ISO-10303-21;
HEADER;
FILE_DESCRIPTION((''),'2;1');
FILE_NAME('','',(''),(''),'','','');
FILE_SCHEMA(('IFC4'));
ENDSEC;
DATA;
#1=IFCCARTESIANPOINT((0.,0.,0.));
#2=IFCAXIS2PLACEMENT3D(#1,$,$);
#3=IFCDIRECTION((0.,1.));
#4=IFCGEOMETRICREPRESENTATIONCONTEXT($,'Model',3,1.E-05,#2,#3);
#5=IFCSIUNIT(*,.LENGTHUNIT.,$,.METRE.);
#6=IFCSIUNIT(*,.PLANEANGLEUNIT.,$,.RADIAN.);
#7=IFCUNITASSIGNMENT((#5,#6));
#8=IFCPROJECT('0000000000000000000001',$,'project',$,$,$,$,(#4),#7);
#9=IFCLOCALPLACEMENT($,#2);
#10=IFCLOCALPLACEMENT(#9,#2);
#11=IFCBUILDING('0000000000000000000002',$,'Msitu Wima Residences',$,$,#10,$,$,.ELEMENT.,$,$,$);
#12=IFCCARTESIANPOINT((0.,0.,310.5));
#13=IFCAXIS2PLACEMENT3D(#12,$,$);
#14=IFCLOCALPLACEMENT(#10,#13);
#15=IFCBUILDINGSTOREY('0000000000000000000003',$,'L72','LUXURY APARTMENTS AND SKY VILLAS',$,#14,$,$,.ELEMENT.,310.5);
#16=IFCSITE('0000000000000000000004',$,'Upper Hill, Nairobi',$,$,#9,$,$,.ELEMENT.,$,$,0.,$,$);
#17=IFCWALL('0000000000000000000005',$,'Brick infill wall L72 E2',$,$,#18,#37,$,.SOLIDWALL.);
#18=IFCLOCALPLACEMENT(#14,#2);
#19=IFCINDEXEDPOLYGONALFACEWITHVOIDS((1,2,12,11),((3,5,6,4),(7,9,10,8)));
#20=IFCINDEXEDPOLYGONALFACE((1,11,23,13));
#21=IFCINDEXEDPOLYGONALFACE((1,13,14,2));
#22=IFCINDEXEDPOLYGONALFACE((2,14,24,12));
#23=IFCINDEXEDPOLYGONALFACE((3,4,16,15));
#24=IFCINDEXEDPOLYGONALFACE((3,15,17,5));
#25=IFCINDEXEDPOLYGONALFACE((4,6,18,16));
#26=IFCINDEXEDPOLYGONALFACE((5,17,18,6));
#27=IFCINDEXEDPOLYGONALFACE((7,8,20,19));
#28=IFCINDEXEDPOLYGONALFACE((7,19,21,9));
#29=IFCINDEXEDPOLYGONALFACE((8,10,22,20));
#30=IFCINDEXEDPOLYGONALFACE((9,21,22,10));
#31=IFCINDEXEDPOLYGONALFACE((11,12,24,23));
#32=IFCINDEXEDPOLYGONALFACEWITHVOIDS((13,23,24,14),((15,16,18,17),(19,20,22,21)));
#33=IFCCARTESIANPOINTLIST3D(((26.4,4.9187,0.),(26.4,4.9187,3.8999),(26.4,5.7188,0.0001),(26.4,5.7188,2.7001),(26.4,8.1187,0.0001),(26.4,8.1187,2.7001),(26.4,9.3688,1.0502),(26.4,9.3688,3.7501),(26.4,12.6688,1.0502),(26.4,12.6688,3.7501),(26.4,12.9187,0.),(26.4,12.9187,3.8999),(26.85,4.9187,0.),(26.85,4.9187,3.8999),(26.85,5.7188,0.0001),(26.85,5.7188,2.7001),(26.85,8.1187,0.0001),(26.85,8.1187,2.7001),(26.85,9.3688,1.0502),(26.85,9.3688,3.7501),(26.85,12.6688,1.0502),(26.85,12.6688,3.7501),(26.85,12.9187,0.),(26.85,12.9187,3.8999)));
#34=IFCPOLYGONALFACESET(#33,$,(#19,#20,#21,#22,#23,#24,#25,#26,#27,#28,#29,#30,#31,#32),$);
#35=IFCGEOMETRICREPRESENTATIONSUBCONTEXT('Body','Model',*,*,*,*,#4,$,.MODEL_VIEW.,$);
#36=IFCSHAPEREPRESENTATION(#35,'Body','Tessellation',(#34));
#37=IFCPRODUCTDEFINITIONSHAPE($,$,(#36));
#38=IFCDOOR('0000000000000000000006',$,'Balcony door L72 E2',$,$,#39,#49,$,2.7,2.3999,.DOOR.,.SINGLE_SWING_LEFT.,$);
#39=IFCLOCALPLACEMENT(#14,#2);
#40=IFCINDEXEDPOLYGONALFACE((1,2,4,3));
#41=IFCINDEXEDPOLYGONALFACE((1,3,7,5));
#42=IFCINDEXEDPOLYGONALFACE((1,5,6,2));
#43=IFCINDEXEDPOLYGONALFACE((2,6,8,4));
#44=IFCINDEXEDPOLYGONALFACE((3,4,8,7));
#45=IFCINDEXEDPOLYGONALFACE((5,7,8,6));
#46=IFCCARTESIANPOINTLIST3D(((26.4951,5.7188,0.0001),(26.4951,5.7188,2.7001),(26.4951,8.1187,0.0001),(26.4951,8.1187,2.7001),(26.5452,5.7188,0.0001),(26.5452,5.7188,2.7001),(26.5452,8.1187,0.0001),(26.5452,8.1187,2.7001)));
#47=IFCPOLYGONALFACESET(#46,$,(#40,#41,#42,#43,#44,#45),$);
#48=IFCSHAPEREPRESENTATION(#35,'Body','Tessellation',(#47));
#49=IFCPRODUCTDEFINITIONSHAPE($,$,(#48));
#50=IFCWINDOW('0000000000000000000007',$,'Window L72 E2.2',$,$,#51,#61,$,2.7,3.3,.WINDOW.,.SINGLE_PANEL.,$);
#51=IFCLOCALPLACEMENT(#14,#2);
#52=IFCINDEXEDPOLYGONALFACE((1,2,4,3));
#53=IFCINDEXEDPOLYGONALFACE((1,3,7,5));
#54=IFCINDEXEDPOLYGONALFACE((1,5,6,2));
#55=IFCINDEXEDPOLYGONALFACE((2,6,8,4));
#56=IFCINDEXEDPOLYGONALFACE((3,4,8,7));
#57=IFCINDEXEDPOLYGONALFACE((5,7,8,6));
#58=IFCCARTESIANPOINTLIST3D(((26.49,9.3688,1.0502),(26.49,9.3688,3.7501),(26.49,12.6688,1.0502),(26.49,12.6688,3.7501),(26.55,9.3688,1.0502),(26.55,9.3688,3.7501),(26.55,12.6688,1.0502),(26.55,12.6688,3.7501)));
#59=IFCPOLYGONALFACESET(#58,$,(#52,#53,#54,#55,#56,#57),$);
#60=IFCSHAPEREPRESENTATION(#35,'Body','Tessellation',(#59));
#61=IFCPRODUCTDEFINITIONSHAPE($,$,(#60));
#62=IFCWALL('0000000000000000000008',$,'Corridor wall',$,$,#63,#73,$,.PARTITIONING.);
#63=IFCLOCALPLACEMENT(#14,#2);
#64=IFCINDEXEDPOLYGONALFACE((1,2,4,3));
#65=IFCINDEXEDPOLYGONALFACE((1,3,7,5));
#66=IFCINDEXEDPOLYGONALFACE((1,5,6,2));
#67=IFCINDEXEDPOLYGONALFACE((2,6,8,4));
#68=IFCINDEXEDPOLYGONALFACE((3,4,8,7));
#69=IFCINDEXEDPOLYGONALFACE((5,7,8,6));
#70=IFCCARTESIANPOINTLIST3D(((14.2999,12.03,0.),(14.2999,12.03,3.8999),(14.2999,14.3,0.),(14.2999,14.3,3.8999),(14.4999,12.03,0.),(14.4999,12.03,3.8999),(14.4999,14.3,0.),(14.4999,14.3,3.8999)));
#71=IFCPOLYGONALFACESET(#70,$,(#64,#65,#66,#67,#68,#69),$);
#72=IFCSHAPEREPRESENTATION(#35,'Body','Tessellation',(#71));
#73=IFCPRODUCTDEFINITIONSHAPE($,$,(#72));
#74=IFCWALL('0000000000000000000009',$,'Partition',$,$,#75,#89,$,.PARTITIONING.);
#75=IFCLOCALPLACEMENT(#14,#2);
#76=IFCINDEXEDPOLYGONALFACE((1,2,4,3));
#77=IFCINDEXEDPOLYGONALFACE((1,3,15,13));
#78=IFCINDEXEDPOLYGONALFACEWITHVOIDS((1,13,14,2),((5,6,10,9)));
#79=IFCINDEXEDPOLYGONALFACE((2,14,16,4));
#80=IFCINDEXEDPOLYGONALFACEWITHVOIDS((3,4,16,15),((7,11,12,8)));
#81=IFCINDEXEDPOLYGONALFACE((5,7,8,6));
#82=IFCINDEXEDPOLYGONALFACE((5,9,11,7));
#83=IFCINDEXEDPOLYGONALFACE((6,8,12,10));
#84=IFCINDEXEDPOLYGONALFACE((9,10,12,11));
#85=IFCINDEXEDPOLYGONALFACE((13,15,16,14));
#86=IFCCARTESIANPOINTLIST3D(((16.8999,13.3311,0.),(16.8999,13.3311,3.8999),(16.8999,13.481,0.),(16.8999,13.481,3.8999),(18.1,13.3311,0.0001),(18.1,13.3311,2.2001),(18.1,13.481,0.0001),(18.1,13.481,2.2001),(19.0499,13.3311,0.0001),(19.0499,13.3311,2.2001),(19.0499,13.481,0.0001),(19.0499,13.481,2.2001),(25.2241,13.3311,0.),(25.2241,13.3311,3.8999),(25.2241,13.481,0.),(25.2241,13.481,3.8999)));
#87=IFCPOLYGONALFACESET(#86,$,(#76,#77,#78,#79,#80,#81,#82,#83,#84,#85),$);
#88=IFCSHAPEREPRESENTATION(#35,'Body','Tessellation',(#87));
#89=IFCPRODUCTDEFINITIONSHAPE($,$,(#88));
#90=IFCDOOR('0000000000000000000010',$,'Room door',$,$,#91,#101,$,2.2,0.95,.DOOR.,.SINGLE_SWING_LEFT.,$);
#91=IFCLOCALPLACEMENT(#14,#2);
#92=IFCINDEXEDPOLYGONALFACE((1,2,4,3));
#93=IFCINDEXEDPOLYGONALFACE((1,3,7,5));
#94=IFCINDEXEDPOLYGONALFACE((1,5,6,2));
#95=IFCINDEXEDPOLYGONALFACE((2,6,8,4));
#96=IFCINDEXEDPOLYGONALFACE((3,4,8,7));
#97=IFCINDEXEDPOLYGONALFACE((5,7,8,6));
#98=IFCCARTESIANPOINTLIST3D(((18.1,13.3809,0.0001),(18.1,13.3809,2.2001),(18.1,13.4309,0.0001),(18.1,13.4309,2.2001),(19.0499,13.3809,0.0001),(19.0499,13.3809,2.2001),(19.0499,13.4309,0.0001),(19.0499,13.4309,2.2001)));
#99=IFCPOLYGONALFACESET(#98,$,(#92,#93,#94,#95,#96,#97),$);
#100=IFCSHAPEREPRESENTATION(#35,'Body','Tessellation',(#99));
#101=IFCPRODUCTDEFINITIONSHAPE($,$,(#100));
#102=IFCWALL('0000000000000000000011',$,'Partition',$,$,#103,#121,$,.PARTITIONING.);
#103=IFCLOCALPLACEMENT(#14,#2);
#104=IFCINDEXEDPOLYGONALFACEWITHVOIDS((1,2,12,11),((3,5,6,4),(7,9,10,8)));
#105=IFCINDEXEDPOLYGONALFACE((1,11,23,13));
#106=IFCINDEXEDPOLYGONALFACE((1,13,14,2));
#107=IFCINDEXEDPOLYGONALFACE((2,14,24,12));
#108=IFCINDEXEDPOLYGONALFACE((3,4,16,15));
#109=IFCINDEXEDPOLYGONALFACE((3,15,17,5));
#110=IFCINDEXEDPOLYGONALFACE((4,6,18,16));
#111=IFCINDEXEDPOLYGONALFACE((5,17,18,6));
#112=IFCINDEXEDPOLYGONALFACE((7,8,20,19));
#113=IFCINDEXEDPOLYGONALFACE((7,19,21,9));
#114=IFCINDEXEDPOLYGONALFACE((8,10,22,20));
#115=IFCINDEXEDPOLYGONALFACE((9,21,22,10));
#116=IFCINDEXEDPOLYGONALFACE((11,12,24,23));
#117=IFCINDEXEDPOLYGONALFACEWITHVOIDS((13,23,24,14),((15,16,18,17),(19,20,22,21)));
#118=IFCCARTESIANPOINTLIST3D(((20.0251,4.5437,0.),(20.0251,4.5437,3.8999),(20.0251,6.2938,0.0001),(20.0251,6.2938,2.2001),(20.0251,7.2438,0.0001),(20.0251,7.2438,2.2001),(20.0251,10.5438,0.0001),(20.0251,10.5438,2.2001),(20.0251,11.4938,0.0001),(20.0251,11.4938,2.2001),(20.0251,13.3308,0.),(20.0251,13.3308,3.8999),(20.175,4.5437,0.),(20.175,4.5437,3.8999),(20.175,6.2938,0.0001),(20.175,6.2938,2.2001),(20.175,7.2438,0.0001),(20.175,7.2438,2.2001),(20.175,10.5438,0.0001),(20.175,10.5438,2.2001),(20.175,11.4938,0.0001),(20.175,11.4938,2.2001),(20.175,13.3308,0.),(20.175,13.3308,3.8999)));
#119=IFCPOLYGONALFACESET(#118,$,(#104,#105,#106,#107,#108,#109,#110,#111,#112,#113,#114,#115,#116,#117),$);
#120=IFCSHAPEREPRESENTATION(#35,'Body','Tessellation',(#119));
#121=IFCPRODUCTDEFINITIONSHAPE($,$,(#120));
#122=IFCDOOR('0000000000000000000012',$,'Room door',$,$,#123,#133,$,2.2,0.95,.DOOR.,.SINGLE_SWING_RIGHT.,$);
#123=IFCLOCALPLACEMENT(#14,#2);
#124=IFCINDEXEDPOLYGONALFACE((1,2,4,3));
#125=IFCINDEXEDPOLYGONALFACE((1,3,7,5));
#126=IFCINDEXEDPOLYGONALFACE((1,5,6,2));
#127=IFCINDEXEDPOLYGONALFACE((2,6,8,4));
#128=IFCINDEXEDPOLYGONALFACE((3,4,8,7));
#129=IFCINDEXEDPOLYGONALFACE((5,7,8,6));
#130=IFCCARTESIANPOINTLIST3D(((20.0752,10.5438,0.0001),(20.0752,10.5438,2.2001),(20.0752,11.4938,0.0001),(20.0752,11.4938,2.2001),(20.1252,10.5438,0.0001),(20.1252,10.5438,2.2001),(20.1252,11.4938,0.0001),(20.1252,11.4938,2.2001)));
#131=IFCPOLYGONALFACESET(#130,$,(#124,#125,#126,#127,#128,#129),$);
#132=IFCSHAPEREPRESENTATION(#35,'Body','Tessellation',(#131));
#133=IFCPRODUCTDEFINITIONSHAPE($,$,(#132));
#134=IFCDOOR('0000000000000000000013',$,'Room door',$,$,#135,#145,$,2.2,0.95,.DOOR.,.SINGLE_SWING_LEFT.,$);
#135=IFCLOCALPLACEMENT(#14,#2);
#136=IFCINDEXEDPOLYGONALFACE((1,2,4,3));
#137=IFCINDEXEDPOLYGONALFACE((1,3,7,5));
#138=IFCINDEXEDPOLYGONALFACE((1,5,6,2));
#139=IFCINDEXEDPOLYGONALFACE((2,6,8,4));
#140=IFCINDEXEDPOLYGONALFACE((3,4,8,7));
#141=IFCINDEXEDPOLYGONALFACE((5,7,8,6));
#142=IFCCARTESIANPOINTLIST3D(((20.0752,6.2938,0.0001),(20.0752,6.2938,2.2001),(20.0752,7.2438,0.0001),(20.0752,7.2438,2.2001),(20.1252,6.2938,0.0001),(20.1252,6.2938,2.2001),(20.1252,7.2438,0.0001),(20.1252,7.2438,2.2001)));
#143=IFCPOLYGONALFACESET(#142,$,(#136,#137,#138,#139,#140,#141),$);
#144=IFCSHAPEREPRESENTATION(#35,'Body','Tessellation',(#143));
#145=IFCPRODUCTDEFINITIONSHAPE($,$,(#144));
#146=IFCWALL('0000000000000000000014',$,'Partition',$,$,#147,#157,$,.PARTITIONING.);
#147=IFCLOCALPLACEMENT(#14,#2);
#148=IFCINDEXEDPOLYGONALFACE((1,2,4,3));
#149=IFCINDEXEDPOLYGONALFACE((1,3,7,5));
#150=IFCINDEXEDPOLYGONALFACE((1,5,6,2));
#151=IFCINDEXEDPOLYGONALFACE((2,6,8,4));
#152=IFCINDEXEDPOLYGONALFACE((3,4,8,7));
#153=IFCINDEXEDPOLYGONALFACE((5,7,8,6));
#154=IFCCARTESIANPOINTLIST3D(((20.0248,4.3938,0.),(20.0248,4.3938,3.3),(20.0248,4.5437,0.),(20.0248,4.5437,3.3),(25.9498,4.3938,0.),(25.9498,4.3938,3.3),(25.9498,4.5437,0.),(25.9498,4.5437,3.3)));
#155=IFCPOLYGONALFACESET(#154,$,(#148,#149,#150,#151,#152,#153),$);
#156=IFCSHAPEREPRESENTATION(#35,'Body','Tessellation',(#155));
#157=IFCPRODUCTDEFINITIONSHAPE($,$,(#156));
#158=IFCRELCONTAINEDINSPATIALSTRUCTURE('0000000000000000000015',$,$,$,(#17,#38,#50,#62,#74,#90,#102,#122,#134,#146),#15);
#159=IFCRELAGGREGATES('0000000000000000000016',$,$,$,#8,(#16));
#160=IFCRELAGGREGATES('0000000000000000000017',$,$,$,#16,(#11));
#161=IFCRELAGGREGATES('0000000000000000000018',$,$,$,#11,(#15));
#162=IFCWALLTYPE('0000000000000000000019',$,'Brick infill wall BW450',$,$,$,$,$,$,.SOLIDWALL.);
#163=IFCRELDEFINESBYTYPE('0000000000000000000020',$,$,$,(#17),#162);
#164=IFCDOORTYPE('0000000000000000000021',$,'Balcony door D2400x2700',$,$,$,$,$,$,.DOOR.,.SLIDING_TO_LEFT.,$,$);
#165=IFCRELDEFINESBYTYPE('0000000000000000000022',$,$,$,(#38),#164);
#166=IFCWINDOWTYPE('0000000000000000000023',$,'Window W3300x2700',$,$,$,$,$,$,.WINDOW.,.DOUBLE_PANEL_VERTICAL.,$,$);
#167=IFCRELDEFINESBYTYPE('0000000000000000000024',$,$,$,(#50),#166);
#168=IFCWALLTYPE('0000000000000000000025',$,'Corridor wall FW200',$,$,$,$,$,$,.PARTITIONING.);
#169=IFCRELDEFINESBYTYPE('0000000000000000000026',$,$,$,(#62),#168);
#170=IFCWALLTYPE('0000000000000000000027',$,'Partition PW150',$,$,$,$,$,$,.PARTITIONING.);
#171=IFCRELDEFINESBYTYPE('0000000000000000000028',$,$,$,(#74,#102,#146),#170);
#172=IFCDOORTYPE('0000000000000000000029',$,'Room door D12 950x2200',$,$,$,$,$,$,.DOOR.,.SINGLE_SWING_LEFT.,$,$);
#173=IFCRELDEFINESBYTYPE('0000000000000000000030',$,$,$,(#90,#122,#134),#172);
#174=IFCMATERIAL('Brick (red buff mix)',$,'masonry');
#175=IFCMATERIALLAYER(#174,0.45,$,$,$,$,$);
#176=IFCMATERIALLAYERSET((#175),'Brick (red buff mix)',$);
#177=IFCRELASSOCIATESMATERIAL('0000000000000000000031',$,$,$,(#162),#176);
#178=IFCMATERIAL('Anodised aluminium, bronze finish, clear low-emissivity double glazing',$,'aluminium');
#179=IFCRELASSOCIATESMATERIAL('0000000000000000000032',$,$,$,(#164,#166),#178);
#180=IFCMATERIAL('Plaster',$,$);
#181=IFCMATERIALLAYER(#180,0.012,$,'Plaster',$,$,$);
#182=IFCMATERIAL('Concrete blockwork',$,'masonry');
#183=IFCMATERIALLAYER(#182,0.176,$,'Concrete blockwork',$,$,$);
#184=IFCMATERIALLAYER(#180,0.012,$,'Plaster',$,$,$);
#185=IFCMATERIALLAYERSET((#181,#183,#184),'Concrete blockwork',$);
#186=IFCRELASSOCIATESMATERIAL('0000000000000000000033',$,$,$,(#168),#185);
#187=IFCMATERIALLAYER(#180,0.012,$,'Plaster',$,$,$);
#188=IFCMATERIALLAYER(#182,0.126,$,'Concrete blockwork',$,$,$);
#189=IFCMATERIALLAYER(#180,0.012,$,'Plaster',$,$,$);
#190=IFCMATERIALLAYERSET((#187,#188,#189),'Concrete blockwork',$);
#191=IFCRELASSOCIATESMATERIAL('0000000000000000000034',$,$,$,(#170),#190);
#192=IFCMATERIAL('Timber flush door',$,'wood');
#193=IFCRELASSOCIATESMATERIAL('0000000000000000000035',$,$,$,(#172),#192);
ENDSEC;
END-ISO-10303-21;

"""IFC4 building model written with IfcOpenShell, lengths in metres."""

from ifc_helpers import new_model, si_unit, direction, frame, frame_2d, origin, place, context, subcontext, project, spatial, rectangle, extrude, material, layer, layer_set, type_object, element, fill, save


model = new_model("IFC4")

# Units and contexts
model_context = context("Model", 3, precision=1e-05, world=origin(), true_north=direction((0.0, 1.0)))
body_context = subcontext(model_context, "Body", "Model", "MODEL_VIEW")
ifc_project = project(units=[si_unit("LENGTHUNIT", "METRE"), si_unit("PLANEANGLEUNIT", "RADIAN")], contexts=[model_context])

# Site, building, storey
site_placement = place(None, origin())
site = spatial("IfcSite", under=ifc_project, at=site_placement, Name="Upper Hill, Nairobi", CompositionType="ELEMENT", RefElevation=0.0)
building_placement = place(site_placement, origin())
building = spatial("IfcBuilding", under=site, at=building_placement, Name="Msitu Wima Residences", CompositionType="ELEMENT")
storey_placement = place(building_placement, frame((0.0, 0.0, 310.5)))
storey = spatial("IfcBuildingStorey", under=building, at=storey_placement, Name="L72", Description="LUXURY APARTMENTS AND SKY VILLAS", CompositionType="ELEMENT", Elevation=310.5)

# Wall, openings, door, window
ifc_material_1 = material(Name="Brick (red buff mix)", Category="masonry")
ifc_layer_1 = layer(ifc_material_1, 0.45)
ifc_layer_set_1 = layer_set([ifc_layer_1], Name="Brick (red buff mix)")
wall_type_1 = type_object("IfcWallType", Name="Brick infill wall BW450", PredefinedType="SOLIDWALL", material=ifc_layer_set_1)
wall_1_placement = place(storey_placement, frame((26.625, 4.9187, 0.0), z_axis=(0.0, 0.0, 1.0), x_axis=(0.0, 1.0, 0.0)))
wall_1 = element("IfcWall", 1, at=wall_1_placement, inside=storey, type_object=wall_type_1, Name="Brick infill wall L72 E2", PredefinedType="SOLIDWALL", context=body_context, shape_type="SweptSolid", body=[
    extrude(rectangle(XDim=8.0, YDim=0.45, at=frame_2d((4.0, 0.0))), origin(), (0.0, 0.0, 1.0), 3.8999),
])
opening_1_placement = place(wall_1_placement, frame((0.8, 0.0, 0.0)))
opening_1 = element("IfcOpeningElement", 2, at=opening_1_placement, cuts=wall_1, PredefinedType="OPENING", context=body_context, shape_type="SweptSolid", body=[
    extrude(rectangle(XDim=2.3999, YDim=2.7, at=frame_2d((1.2, 1.3501))), frame((0.0, 0.2349, 0.0), z_axis=(0.0, -1.0, 0.0), x_axis=(1.0, 0.0, 0.0)), (0.0, 0.0, 1.0), 0.47),
])
opening_2_placement = place(wall_1_placement, frame((4.4502, 0.0, 1.05)))
opening_2 = element("IfcOpeningElement", 3, at=opening_2_placement, cuts=wall_1, PredefinedType="OPENING", context=body_context, shape_type="SweptSolid", body=[
    extrude(rectangle(XDim=3.3, YDim=2.7, at=frame_2d((1.6499, 1.3501))), frame((0.0, 0.2349, 0.0), z_axis=(0.0, -1.0, 0.0), x_axis=(1.0, 0.0, 0.0)), (0.0, 0.0, 1.0), 0.47),
])
ifc_material_2 = material(Name="Anodised aluminium, bronze finish, clear low-emissivity double glazing", Category="aluminium")
door_type_1 = type_object("IfcDoorType", Name="Balcony door D2400x2700", OperationType="SLIDING_TO_LEFT", PredefinedType="DOOR", material=ifc_material_2)
door_1_placement = place(opening_1_placement, origin())
door_1 = element("IfcDoor", 4, at=door_1_placement, inside=storey, type_object=door_type_1, Name="Balcony door L72 E2", OperationType="SINGLE_SWING_LEFT", OverallHeight=2.7, OverallWidth=2.3999, PredefinedType="DOOR", context=body_context, shape_type="SweptSolid", body=[
    extrude(rectangle(XDim=2.3999, YDim=2.7, at=frame_2d((1.2, 1.3501))), frame((0.0, 0.1299, 0.0), z_axis=(0.0, -1.0, 0.0), x_axis=(1.0, 0.0, 0.0)), (0.0, 0.0, 1.0), 0.05),
])
fill(opening_1, door_1)
window_type = type_object("IfcWindowType", Name="Window W3300x2700", PartitioningType="DOUBLE_PANEL_VERTICAL", PredefinedType="WINDOW", material=ifc_material_2)
window_placement = place(opening_2_placement, origin())
window = element("IfcWindow", 5, at=window_placement, inside=storey, type_object=window_type, Name="Window L72 E2.2", OverallHeight=2.7, OverallWidth=3.3, PartitioningType="SINGLE_PANEL", PredefinedType="WINDOW", context=body_context, shape_type="SweptSolid", body=[
    extrude(rectangle(XDim=3.3, YDim=2.7, at=frame_2d((1.6499, 1.3501))), frame((0.0, 0.135, 0.0), z_axis=(0.0, -1.0, 0.0), x_axis=(1.0, 0.0, 0.0)), (0.0, 0.0, 1.0), 0.0601),
])
fill(opening_2, window)

# Wall
ifc_material_3 = material(Name="Plaster")
ifc_layer_2 = layer(ifc_material_3, 0.012, Name="Plaster")
ifc_material_4 = material(Name="Concrete blockwork", Category="masonry")
ifc_layer_3 = layer(ifc_material_4, 0.176, Name="Concrete blockwork")
ifc_layer_4 = layer(ifc_material_3, 0.012, Name="Plaster")
ifc_layer_set_2 = layer_set([ifc_layer_2, ifc_layer_3, ifc_layer_4], Name="Concrete blockwork")
wall_type_2 = type_object("IfcWallType", Name="Corridor wall FW200", PredefinedType="PARTITIONING", material=ifc_layer_set_2)
wall_2_placement = place(storey_placement, frame((14.3999, 12.03, 0.0), z_axis=(0.0, 0.0, 1.0), x_axis=(0.0, 1.0, 0.0)))
element("IfcWall", 6, at=wall_2_placement, inside=storey, type_object=wall_type_2, Name="Corridor wall", PredefinedType="PARTITIONING", context=body_context, shape_type="SweptSolid", body=[
    extrude(rectangle(XDim=2.27, YDim=0.2, at=frame_2d((1.135, 0.0))), origin(), (0.0, 0.0, 1.0), 3.8999),
])

# Wall, opening, door
ifc_layer_5 = layer(ifc_material_3, 0.012, Name="Plaster")
ifc_layer_6 = layer(ifc_material_4, 0.126, Name="Concrete blockwork")
ifc_layer_7 = layer(ifc_material_3, 0.012, Name="Plaster")
ifc_layer_set_3 = layer_set([ifc_layer_5, ifc_layer_6, ifc_layer_7], Name="Concrete blockwork")
wall_type_3 = type_object("IfcWallType", Name="Partition PW150", PredefinedType="PARTITIONING", material=ifc_layer_set_3)
wall_3_placement = place(storey_placement, frame((16.8999, 13.406, 0.0), z_axis=(0.0, 0.0, 1.0), x_axis=(1.0, 0.0, 0.0)))
wall_3 = element("IfcWall", 7, at=wall_3_placement, inside=storey, type_object=wall_type_3, Name="Partition", PredefinedType="PARTITIONING", context=body_context, shape_type="SweptSolid", body=[
    extrude(rectangle(XDim=8.3242, YDim=0.1499, at=frame_2d((4.1621, 0.0))), origin(), (0.0, 0.0, 1.0), 3.8999),
])
opening_3_placement = place(wall_3_placement, frame((1.2, 0.0, 0.0)))
opening_3 = element("IfcOpeningElement", 8, at=opening_3_placement, cuts=wall_3, PredefinedType="OPENING", context=body_context, shape_type="SweptSolid", body=[
    extrude(rectangle(XDim=0.95, YDim=2.2, at=frame_2d((0.4751, 1.1001))), frame((0.0, 0.085, 0.0), z_axis=(0.0, -1.0, 0.0), x_axis=(1.0, 0.0, 0.0)), (0.0, 0.0, 1.0), 0.1699),
])
ifc_material_5 = material(Name="Timber flush door", Category="wood")
door_type_2 = type_object("IfcDoorType", Name="Room door D12 950x2200", OperationType="SINGLE_SWING_LEFT", PredefinedType="DOOR", material=ifc_material_5)
door_2_placement = place(opening_3_placement, origin())
door_2 = element("IfcDoor", 9, at=door_2_placement, inside=storey, type_object=door_type_2, Name="Room door", OperationType="SINGLE_SWING_LEFT", OverallHeight=2.2, OverallWidth=0.95, PredefinedType="DOOR", context=body_context, shape_type="SweptSolid", body=[
    extrude(rectangle(XDim=0.95, YDim=2.2, at=frame_2d((0.4751, 1.1001))), frame((0.0, 0.0249, 0.0), z_axis=(0.0, -1.0, 0.0), x_axis=(1.0, 0.0, 0.0)), (0.0, 0.0, 1.0), 0.05),
])
fill(opening_3, door_2)

# Wall, openings, doors
wall_4_placement = place(storey_placement, frame((20.1001, 4.5437, 0.0), z_axis=(0.0, 0.0, 1.0), x_axis=(0.0, 1.0, 0.0)))
wall_4 = element("IfcWall", 10, at=wall_4_placement, inside=storey, type_object=wall_type_3, Name="Partition", PredefinedType="PARTITIONING", context=body_context, shape_type="SweptSolid", body=[
    extrude(rectangle(XDim=8.7871, YDim=0.1499, at=frame_2d((4.3936, 0.0))), origin(), (0.0, 0.0, 1.0), 3.8999),
])
opening_4_placement = place(wall_4_placement, frame((6.0, 0.0, 0.0)))
opening_4 = element("IfcOpeningElement", 11, at=opening_4_placement, cuts=wall_4, PredefinedType="OPENING", context=body_context, shape_type="SweptSolid", body=[
    extrude(rectangle(XDim=0.95, YDim=2.2, at=frame_2d((0.4751, 1.1001))), frame((0.0, 0.085, 0.0), z_axis=(0.0, -1.0, 0.0), x_axis=(1.0, 0.0, 0.0)), (0.0, 0.0, 1.0), 0.1699),
])
opening_5_placement = place(wall_4_placement, frame((1.75, 0.0, 0.0)))
opening_5 = element("IfcOpeningElement", 12, at=opening_5_placement, cuts=wall_4, PredefinedType="OPENING", context=body_context, shape_type="SweptSolid", body=[
    extrude(rectangle(XDim=0.95, YDim=2.2, at=frame_2d((0.4751, 1.1001))), frame((0.0, 0.085, 0.0), z_axis=(0.0, -1.0, 0.0), x_axis=(1.0, 0.0, 0.0)), (0.0, 0.0, 1.0), 0.1699),
])
door_3_placement = place(opening_4_placement, origin())
door_3 = element("IfcDoor", 13, at=door_3_placement, inside=storey, type_object=door_type_2, Name="Room door", OperationType="SINGLE_SWING_RIGHT", OverallHeight=2.2, OverallWidth=0.95, PredefinedType="DOOR", context=body_context, shape_type="SweptSolid", body=[
    extrude(rectangle(XDim=0.95, YDim=2.2, at=frame_2d((0.4751, 1.1001))), frame((0.0, 0.0249, 0.0), z_axis=(0.0, -1.0, 0.0), x_axis=(1.0, 0.0, 0.0)), (0.0, 0.0, 1.0), 0.05),
])
fill(opening_4, door_3)
door_4_placement = place(opening_5_placement, origin())
door_4 = element("IfcDoor", 14, at=door_4_placement, inside=storey, type_object=door_type_2, Name="Room door", OperationType="SINGLE_SWING_LEFT", OverallHeight=2.2, OverallWidth=0.95, PredefinedType="DOOR", context=body_context, shape_type="SweptSolid", body=[
    extrude(rectangle(XDim=0.95, YDim=2.2, at=frame_2d((0.4751, 1.1001))), frame((0.0, 0.0249, 0.0), z_axis=(0.0, -1.0, 0.0), x_axis=(1.0, 0.0, 0.0)), (0.0, 0.0, 1.0), 0.05),
])
fill(opening_5, door_4)

# Wall
wall_5_placement = place(storey_placement, frame((20.0249, 4.4688, 0.0), z_axis=(0.0, 0.0, 1.0), x_axis=(1.0, 0.0, 0.0)))
element("IfcWall", 15, at=wall_5_placement, inside=storey, type_object=wall_type_3, Name="Partition", PredefinedType="PARTITIONING", context=body_context, shape_type="SweptSolid", body=[
    extrude(rectangle(XDim=5.925, YDim=0.1499, at=frame_2d((2.9624, 0.0))), origin(), (0.0, 0.0, 1.0), 3.3),
])

save(model, "model.ifc")
